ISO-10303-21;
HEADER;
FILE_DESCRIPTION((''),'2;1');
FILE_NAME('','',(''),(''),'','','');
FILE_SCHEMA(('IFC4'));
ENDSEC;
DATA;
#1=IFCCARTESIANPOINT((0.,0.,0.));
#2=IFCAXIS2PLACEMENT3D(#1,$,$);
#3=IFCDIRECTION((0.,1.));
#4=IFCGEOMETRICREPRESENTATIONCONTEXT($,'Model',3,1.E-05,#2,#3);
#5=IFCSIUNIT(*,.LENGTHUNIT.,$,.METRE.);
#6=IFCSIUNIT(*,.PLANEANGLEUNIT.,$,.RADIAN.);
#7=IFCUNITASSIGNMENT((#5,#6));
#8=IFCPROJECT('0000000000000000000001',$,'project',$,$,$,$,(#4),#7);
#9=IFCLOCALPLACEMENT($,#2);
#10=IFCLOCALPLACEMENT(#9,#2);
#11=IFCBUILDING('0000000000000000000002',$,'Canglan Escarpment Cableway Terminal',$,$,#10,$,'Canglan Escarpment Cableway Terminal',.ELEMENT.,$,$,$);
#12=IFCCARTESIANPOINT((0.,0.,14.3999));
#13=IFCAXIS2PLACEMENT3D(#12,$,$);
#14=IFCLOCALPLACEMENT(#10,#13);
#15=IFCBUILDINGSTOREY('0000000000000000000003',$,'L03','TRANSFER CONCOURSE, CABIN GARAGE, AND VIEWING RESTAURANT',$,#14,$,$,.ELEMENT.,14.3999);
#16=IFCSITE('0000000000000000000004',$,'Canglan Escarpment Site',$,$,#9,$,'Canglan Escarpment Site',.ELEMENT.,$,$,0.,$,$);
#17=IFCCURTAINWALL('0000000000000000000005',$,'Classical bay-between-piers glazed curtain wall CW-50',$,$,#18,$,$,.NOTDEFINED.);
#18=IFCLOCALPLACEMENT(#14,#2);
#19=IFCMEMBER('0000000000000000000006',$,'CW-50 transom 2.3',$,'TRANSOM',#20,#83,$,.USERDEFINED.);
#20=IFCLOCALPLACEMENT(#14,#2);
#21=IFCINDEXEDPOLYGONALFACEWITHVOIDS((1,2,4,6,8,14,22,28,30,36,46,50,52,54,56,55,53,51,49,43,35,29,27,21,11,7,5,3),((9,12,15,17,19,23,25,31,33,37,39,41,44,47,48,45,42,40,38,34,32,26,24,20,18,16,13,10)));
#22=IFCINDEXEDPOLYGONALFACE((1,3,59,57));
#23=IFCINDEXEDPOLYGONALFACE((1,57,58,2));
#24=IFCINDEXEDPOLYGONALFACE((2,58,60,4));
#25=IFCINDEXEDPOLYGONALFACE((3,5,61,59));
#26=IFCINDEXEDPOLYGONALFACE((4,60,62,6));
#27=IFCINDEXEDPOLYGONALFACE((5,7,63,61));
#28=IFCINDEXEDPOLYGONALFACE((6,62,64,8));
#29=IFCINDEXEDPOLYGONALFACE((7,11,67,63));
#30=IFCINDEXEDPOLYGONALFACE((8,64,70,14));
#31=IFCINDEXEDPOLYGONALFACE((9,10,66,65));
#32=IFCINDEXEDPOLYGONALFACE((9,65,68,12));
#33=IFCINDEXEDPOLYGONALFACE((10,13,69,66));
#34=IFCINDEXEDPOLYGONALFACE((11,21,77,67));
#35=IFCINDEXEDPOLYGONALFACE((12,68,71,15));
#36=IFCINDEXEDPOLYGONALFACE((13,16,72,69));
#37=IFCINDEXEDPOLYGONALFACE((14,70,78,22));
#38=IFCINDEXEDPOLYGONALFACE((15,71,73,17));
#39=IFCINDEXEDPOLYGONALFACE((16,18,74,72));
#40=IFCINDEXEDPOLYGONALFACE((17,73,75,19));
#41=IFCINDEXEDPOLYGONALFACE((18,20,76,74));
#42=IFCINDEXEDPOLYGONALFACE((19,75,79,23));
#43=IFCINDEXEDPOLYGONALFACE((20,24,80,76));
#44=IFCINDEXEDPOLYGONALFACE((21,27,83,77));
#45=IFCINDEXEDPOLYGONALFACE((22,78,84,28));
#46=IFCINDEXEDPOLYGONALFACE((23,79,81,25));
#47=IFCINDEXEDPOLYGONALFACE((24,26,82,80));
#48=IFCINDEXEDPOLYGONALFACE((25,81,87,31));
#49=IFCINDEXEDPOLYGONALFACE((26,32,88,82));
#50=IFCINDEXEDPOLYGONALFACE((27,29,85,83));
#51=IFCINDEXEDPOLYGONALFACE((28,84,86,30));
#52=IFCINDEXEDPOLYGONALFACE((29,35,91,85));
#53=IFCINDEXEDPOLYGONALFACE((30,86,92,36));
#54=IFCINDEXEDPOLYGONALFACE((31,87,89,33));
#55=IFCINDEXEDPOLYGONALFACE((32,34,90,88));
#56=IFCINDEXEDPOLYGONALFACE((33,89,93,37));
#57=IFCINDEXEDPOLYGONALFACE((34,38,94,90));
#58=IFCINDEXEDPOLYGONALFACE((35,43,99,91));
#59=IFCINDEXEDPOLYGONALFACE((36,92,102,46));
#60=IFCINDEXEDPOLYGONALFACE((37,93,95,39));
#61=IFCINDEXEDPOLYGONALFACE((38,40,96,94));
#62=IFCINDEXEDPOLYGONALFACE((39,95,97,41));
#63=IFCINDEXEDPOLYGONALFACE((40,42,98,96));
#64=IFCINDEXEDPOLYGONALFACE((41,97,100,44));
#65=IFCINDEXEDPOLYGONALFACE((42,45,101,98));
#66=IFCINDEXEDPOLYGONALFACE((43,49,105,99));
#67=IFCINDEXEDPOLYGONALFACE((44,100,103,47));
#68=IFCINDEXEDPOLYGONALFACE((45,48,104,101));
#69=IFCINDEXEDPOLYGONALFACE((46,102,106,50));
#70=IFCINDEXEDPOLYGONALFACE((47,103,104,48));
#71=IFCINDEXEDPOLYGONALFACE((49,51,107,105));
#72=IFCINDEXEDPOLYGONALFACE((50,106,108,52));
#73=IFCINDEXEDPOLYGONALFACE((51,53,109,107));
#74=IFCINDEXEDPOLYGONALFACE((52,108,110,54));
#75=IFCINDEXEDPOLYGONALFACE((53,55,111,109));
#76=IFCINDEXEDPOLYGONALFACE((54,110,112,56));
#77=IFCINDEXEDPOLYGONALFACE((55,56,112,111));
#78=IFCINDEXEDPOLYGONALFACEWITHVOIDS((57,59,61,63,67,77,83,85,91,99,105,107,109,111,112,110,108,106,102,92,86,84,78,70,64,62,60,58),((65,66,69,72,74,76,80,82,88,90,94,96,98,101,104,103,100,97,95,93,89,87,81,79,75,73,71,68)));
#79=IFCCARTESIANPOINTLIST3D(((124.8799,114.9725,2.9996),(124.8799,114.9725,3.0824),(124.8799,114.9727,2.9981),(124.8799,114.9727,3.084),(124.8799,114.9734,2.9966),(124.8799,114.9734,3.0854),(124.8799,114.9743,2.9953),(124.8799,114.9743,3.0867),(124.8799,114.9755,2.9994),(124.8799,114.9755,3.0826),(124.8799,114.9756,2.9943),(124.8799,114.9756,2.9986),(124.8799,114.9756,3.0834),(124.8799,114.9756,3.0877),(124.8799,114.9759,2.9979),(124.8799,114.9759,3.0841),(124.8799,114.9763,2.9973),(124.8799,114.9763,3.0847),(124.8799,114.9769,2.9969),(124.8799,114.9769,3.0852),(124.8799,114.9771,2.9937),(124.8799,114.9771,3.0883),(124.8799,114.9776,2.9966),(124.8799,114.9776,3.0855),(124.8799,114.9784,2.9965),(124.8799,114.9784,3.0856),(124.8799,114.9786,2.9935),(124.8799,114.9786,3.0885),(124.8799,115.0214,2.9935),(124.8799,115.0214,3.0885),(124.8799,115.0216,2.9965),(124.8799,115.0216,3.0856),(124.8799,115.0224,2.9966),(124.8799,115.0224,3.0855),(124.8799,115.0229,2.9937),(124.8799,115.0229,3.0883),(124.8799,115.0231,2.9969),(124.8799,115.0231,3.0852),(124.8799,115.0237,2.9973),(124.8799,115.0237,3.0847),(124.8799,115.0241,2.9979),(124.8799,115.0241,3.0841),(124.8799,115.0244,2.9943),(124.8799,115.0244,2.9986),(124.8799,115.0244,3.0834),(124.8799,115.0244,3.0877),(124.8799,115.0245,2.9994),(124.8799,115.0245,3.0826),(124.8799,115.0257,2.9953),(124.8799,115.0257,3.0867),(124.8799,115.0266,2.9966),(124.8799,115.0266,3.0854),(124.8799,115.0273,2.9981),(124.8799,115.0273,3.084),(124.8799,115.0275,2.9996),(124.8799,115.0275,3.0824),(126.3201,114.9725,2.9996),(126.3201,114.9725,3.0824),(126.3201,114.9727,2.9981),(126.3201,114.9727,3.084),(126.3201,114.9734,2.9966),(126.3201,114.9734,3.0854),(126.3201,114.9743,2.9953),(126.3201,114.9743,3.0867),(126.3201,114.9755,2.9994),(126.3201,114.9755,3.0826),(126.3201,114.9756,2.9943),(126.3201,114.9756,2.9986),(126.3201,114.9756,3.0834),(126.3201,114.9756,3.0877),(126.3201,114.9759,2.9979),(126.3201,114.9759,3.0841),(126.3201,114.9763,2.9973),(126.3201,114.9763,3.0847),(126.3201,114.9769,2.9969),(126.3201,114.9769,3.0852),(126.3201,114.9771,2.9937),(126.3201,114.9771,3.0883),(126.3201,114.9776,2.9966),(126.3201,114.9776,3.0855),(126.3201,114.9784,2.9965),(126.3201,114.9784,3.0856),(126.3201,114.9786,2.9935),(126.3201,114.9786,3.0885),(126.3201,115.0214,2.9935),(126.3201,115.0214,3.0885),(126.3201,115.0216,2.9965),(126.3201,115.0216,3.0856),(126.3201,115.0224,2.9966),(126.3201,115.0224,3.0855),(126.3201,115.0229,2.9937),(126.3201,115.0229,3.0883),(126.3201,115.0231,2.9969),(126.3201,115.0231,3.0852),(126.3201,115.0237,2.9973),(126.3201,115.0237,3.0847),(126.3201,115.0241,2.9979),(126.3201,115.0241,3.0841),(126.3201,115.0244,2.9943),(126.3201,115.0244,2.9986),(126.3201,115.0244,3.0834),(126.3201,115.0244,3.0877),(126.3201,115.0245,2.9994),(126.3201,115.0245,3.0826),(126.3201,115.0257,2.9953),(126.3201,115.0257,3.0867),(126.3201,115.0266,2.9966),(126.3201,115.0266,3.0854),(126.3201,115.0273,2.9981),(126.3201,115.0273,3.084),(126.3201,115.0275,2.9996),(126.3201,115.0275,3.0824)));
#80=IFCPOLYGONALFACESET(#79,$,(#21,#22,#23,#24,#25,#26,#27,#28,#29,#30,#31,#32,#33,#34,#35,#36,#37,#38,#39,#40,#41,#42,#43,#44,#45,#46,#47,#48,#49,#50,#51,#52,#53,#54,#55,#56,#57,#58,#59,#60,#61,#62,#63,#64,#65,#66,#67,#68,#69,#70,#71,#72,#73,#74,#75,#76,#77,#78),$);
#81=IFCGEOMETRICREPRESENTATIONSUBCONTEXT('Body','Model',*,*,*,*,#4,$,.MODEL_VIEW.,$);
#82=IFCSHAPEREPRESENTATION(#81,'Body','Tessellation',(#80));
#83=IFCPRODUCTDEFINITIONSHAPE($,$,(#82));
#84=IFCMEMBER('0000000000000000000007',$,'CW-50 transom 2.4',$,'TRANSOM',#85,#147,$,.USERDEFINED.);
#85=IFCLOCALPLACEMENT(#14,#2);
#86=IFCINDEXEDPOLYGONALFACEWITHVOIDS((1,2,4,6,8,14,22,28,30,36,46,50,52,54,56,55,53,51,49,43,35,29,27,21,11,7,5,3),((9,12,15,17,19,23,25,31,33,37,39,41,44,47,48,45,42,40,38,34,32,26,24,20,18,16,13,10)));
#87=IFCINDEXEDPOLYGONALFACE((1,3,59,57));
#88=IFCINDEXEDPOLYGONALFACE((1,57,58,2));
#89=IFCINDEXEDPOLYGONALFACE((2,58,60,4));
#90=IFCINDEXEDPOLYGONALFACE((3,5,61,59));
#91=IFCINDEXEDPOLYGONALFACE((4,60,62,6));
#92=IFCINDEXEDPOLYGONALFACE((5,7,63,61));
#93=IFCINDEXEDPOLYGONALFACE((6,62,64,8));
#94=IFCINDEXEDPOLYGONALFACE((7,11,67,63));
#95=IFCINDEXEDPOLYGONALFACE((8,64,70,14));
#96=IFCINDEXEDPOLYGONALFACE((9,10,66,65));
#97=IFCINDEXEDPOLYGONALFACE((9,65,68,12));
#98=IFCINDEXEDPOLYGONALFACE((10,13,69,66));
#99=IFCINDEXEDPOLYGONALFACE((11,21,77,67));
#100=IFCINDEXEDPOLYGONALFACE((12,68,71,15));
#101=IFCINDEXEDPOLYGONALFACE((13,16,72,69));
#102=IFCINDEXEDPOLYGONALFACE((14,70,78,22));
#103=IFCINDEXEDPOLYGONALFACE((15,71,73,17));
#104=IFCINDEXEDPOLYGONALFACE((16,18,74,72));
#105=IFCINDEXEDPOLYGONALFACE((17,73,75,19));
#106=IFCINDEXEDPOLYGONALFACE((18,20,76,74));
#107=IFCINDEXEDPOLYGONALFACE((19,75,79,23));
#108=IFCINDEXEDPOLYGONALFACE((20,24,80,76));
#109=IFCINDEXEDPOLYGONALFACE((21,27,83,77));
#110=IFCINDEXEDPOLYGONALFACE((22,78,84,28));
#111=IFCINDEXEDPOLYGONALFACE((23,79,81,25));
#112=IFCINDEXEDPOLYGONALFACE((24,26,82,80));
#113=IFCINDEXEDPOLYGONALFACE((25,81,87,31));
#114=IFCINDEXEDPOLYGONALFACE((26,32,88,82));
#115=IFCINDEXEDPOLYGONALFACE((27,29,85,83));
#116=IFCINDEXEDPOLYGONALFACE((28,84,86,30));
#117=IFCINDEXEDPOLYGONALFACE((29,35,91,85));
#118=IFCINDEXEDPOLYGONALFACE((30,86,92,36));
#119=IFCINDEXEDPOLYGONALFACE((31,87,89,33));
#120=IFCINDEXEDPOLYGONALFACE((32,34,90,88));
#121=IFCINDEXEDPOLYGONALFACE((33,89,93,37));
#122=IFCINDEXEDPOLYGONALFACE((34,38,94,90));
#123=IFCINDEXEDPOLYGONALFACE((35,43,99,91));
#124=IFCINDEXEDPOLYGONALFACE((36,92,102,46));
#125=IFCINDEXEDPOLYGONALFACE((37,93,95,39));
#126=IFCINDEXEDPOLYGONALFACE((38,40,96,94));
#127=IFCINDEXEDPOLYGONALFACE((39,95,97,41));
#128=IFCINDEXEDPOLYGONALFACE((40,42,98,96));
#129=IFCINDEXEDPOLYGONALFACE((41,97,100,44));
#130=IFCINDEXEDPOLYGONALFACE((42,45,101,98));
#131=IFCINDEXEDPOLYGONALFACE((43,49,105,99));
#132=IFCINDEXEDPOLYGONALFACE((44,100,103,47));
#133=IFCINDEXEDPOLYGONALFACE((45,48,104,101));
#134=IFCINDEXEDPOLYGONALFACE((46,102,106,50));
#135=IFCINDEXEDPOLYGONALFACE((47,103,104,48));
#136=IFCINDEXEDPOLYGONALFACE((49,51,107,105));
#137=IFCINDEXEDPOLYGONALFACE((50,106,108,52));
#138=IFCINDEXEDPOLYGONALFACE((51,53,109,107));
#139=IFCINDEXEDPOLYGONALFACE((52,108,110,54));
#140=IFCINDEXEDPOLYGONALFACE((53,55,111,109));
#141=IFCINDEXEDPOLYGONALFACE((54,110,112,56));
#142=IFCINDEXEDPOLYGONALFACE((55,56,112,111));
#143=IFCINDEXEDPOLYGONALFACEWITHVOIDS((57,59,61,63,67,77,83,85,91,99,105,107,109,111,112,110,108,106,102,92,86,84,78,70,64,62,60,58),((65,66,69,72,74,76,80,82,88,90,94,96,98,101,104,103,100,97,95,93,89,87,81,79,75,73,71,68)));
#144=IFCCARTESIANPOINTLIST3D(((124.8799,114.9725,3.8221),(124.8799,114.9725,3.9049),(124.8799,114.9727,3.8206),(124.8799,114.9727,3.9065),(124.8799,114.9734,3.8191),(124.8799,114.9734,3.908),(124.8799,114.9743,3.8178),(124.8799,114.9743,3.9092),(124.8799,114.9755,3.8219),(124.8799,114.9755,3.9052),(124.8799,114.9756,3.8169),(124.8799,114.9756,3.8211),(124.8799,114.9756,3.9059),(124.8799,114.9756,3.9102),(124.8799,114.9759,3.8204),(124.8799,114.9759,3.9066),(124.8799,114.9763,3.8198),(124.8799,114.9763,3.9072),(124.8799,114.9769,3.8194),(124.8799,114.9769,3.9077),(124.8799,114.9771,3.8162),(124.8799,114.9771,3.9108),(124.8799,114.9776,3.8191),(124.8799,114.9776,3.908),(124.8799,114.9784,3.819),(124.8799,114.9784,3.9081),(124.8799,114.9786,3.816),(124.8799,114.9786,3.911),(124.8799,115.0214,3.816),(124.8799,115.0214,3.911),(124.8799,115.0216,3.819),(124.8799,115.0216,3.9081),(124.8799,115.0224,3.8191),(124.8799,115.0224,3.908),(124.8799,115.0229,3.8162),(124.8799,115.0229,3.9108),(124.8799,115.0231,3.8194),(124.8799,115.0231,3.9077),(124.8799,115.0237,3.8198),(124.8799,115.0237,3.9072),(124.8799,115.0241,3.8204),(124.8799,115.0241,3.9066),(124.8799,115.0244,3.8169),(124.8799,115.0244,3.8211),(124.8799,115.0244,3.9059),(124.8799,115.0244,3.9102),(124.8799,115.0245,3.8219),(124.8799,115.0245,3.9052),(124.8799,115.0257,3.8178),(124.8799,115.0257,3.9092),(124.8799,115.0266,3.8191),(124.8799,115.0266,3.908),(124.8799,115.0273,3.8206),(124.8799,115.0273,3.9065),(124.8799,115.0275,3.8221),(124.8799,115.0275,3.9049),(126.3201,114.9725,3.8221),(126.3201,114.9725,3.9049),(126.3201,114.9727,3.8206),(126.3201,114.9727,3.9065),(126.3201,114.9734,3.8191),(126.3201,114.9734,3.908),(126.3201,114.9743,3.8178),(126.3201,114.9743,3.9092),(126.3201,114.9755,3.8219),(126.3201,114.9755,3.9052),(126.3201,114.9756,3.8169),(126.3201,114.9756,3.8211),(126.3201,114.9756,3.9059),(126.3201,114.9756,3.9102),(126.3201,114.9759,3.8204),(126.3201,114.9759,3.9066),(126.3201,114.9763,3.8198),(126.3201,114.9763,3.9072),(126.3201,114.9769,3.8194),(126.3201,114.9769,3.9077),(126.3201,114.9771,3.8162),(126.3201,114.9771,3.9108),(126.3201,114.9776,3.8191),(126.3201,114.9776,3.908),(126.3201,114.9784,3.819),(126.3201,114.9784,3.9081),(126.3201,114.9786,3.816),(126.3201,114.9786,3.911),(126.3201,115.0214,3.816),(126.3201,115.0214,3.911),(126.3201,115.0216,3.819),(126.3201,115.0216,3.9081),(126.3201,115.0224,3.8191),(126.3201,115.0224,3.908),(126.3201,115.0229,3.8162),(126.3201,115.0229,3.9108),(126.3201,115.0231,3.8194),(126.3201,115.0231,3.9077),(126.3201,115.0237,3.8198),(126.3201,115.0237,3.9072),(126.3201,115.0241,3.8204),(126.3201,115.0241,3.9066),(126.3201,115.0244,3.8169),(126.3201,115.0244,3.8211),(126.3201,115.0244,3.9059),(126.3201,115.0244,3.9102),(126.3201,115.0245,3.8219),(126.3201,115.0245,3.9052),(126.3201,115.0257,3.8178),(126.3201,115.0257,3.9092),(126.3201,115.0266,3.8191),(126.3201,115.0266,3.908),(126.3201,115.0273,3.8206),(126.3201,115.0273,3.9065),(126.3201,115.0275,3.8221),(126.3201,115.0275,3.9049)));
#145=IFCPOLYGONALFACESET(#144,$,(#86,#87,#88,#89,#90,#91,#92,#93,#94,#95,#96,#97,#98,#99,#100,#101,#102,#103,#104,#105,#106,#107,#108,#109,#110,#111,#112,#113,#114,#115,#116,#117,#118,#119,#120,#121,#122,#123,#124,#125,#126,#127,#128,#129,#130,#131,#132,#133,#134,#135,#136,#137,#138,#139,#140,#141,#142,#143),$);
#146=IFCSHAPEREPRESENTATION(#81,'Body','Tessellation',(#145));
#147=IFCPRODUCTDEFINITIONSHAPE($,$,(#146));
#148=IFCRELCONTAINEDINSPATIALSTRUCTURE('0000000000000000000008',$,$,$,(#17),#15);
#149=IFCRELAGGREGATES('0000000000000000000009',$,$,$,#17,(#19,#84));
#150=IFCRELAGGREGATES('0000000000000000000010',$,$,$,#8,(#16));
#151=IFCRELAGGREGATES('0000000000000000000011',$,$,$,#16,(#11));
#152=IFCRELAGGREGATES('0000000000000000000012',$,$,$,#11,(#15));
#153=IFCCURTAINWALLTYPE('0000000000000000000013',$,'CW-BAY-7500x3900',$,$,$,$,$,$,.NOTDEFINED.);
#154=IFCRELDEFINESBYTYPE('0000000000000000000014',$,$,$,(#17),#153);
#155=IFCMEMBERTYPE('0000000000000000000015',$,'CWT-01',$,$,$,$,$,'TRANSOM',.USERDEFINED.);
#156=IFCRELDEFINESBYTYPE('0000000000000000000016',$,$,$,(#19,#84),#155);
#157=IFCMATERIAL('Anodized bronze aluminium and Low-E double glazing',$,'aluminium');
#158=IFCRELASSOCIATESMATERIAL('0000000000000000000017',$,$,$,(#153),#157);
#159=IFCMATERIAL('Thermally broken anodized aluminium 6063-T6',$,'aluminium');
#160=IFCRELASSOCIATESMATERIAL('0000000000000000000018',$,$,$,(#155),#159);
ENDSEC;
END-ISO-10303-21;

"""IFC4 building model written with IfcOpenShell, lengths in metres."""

from ifc_helpers import new_model, si_unit, direction, frame, origin, origin_2d, place, context, subcontext, project, spatial, hollow_rectangle, extrude, material, material_profile, profile_set, type_object, element, aggregate, save


model = new_model("IFC4")

# Units and contexts
model_context = context("Model", 3, precision=1e-05, world=origin(), true_north=direction((0.0, 1.0)))
body_context = subcontext(model_context, "Body", "Model", "MODEL_VIEW")
ifc_project = project(units=[si_unit("LENGTHUNIT", "METRE"), si_unit("PLANEANGLEUNIT", "RADIAN")], contexts=[model_context])

# Site, building, storey
site_placement = place(None, origin())
site = spatial("IfcSite", under=ifc_project, at=site_placement, Name="Canglan Escarpment Site", LongName="Canglan Escarpment Site", CompositionType="ELEMENT", RefElevation=0.0)
building_placement = place(site_placement, origin())
building = spatial("IfcBuilding", under=site, at=building_placement, Name="Canglan Escarpment Cableway Terminal", LongName="Canglan Escarpment Cableway Terminal", CompositionType="ELEMENT")
storey_placement = place(building_placement, frame((0.0, 0.0, 14.3999)))
storey = spatial("IfcBuildingStorey", under=building, at=storey_placement, Name="L03", Description="TRANSFER CONCOURSE, CABIN GARAGE, AND VIEWING RESTAURANT", CompositionType="ELEMENT", Elevation=14.3999)

# Curtain wall, members
ifc_material_1 = material(Name="Anodized bronze aluminium and Low-E double glazing", Category="aluminium")
curtain_wall_type = type_object("IfcCurtainWallType", Name="CW-BAY-7500x3900", PredefinedType="NOTDEFINED", material=ifc_material_1)
curtain_wall_placement = place(storey_placement, origin())
curtain_wall = element("IfcCurtainWall", 1, at=curtain_wall_placement, inside=storey, type_object=curtain_wall_type, Name="Classical bay-between-piers glazed curtain wall CW-50", PredefinedType="NOTDEFINED")
ifc_material_2 = material(Name="Thermally broken anodized aluminium 6063-T6", Category="aluminium")
ifc_material_profile_1 = material_profile(ifc_material_2, hollow_rectangle(XDim=0.0549, YDim=0.095, WallThickness=0.0029, InnerFilletRadius=0.0029, OuterFilletRadius=0.0061, at=origin_2d()), Name="ALU-TRAN 55x95x3")
ifc_profile_set_1 = profile_set([ifc_material_profile_1], Name="Thermally broken anodized aluminium 6063-T6")
member_type_1 = type_object("IfcMemberType", Name="CWT-01", ElementType="TRANSOM", PredefinedType="USERDEFINED", material=ifc_profile_set_1)
member_1_placement = place(storey_placement, frame((126.3201, 115.0, 3.041), z_axis=(-1.0, 0.0, 0.0), x_axis=(0.0, -1.0, 0.0)))
member_1 = element("IfcMember", 2, at=member_1_placement, type_object=member_type_1, Name="CW-50 transom 2.3", ObjectType="TRANSOM", PredefinedType="USERDEFINED", context=body_context, shape_type="SweptSolid", body=[
    extrude(hollow_rectangle(XDim=0.0549, YDim=0.095, WallThickness=0.0029, InnerFilletRadius=0.0029, OuterFilletRadius=0.0061, at=origin_2d()), origin(), (0.0, 0.0, 1.0), 1.4402),
])
member_2_placement = place(storey_placement, frame((126.3201, 115.0, 3.8635), z_axis=(-1.0, 0.0, 0.0), x_axis=(0.0, -1.0, 0.0)))
member_2 = element("IfcMember", 3, at=member_2_placement, type_object=member_type_1, Name="CW-50 transom 2.4", ObjectType="TRANSOM", PredefinedType="USERDEFINED", context=body_context, shape_type="SweptSolid", body=[
    extrude(hollow_rectangle(XDim=0.0549, YDim=0.095, WallThickness=0.0029, InnerFilletRadius=0.0029, OuterFilletRadius=0.0061, at=origin_2d()), origin(), (0.0, 0.0, 1.0), 1.4402),
])
aggregate(curtain_wall, [member_1, member_2])

save(model, "model.ifc")
